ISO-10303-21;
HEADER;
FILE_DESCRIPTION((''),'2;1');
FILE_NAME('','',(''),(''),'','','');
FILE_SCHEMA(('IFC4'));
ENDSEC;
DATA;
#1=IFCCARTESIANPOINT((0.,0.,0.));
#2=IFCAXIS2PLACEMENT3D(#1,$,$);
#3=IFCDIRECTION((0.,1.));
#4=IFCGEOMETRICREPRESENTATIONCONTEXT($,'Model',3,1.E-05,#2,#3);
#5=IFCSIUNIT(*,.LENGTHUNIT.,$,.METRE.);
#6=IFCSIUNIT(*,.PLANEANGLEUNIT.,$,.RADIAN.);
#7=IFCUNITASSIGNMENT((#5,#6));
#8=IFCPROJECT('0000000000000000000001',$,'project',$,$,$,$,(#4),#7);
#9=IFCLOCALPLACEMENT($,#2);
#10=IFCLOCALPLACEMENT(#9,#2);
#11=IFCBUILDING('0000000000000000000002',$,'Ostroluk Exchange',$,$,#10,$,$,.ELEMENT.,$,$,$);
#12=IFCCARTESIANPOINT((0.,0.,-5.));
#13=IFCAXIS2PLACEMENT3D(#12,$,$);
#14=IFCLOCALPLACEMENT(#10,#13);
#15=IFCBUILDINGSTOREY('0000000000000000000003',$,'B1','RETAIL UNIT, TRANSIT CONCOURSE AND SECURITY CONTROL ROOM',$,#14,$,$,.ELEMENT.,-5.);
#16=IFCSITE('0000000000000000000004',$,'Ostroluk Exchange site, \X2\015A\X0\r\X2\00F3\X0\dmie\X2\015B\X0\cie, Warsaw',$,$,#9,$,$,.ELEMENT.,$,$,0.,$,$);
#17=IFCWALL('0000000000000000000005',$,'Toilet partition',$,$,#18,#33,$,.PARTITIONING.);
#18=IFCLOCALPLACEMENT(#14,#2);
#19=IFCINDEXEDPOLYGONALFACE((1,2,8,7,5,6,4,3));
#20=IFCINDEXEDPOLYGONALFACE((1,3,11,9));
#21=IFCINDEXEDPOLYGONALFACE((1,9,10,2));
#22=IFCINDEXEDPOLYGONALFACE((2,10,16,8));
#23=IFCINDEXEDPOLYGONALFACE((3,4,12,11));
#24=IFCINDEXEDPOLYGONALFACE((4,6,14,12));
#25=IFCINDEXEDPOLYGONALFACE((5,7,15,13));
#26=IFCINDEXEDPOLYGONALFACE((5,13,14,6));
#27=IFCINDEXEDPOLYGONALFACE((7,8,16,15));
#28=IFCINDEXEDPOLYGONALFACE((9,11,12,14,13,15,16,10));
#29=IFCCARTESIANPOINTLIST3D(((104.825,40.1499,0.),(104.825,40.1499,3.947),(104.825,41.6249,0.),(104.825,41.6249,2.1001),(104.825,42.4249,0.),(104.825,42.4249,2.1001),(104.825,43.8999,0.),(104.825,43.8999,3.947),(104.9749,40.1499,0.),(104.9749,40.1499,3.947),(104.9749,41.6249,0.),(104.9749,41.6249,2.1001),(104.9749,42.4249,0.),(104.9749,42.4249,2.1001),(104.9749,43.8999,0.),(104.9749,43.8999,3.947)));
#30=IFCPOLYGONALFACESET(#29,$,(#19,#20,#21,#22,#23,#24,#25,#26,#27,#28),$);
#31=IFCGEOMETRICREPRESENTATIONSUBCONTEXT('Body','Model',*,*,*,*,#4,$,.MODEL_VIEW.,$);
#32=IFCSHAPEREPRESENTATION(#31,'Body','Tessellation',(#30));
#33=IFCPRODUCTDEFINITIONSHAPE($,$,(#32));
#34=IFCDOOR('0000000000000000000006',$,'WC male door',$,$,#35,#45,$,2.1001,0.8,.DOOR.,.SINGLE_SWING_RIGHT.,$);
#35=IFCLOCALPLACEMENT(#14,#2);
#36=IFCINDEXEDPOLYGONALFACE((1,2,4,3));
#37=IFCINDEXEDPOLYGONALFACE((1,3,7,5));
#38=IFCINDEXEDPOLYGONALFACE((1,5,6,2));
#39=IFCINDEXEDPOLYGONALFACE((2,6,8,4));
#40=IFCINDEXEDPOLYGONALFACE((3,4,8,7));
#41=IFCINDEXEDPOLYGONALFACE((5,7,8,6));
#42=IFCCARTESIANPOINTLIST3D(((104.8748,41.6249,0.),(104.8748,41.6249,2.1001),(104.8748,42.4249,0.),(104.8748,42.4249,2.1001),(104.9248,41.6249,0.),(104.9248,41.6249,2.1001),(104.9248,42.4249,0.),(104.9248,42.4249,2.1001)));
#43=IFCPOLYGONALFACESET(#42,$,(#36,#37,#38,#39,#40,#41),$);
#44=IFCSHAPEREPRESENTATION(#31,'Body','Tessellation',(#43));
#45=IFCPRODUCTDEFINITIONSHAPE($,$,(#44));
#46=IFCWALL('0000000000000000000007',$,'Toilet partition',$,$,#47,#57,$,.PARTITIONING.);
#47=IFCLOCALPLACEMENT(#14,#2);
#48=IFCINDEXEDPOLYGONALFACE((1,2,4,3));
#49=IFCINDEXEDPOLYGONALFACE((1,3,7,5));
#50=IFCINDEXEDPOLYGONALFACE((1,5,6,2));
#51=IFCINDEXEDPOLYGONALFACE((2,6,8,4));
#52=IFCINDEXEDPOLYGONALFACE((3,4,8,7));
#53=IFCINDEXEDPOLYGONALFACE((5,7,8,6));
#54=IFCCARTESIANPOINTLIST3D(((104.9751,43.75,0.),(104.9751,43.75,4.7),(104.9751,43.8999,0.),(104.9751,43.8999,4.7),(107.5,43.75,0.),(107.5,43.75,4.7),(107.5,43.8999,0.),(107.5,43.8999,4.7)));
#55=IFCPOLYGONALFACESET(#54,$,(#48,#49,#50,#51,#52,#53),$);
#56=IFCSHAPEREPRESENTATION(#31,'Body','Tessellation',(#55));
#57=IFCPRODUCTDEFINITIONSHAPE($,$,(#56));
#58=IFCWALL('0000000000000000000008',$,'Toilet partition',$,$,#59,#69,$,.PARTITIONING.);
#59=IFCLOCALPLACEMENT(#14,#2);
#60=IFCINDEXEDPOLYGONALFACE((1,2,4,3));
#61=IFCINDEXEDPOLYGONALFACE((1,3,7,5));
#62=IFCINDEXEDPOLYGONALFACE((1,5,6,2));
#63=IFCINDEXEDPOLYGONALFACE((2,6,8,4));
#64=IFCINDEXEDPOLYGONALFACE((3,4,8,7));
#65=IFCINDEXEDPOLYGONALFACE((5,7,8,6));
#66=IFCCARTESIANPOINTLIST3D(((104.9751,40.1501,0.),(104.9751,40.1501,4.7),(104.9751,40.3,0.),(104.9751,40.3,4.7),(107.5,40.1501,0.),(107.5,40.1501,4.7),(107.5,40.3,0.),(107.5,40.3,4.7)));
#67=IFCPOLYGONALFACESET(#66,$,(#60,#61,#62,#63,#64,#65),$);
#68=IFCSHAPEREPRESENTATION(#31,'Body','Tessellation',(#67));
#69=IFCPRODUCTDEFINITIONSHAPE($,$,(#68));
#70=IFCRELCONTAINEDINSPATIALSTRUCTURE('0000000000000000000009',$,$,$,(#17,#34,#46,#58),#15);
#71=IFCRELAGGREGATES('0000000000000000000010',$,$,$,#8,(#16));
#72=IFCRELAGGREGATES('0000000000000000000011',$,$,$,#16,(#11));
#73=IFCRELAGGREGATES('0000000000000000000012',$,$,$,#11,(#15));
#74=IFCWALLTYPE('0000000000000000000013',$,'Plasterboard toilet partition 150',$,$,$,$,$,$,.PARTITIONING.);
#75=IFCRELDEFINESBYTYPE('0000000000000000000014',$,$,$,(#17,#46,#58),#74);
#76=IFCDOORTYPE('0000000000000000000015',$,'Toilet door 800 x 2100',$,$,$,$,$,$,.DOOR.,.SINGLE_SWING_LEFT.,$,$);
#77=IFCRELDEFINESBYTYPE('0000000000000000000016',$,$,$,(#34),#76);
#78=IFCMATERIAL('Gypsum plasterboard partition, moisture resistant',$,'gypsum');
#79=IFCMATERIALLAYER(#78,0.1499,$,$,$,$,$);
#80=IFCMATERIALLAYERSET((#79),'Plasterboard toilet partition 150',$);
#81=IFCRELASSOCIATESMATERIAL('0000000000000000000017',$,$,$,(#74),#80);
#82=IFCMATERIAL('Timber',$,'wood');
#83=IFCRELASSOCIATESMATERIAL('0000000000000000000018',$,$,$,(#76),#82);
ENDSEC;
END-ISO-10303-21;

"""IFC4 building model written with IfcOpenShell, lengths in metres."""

from ifc_helpers import new_model, si_unit, direction, frame, frame_2d, origin, place, context, subcontext, project, spatial, rectangle, extrude, material, layer, layer_set, type_object, element, fill, save


model = new_model("IFC4")

# Units and contexts
model_context = context("Model", 3, precision=1e-05, world=origin(), true_north=direction((0.0, 1.0)))
body_context = subcontext(model_context, "Body", "Model", "MODEL_VIEW")
ifc_project = project(units=[si_unit("LENGTHUNIT", "METRE"), si_unit("PLANEANGLEUNIT", "RADIAN")], contexts=[model_context])

# Site, building, storey
site_placement = place(None, origin())
site = spatial("IfcSite", under=ifc_project, at=site_placement, Name="Ostroluk Exchange site, Śródmieście, Warsaw", CompositionType="ELEMENT", RefElevation=0.0)
building_placement = place(site_placement, origin())
building = spatial("IfcBuilding", under=site, at=building_placement, Name="Ostroluk Exchange", CompositionType="ELEMENT")
storey_placement = place(building_placement, frame((0.0, 0.0, -5.0)))
storey = spatial("IfcBuildingStorey", under=building, at=storey_placement, Name="B1", Description="RETAIL UNIT, TRANSIT CONCOURSE AND SECURITY CONTROL ROOM", CompositionType="ELEMENT", Elevation=-5.0)

# Wall, opening, door
ifc_material_1 = material(Name="Gypsum plasterboard partition, moisture resistant", Category="gypsum")
ifc_layer_1 = layer(ifc_material_1, 0.1499)
ifc_layer_set_1 = layer_set([ifc_layer_1], Name="Plasterboard toilet partition 150")
wall_type_1 = type_object("IfcWallType", Name="Plasterboard toilet partition 150", PredefinedType="PARTITIONING", material=ifc_layer_set_1)
wall_1_placement = place(storey_placement, frame((104.8999, 43.8999, 0.0), z_axis=(0.0, 0.0, 1.0), x_axis=(0.0, -1.0, 0.0)))
wall_1 = element("IfcWall", 1, at=wall_1_placement, inside=storey, type_object=wall_type_1, Name="Toilet partition", PredefinedType="PARTITIONING", context=body_context, shape_type="SweptSolid", body=[
    extrude(rectangle(XDim=3.75, YDim=0.1499, at=frame_2d((1.875, 0.0))), origin(), (0.0, 0.0, 1.0), 3.947),
])
opening_1_placement = place(wall_1_placement, frame((1.4751, 0.0, 0.0)))
opening_1 = element("IfcOpeningElement", 2, at=opening_1_placement, cuts=wall_1, PredefinedType="OPENING", context=body_context, shape_type="SweptSolid", body=[
    extrude(rectangle(XDim=0.8, YDim=2.1001, at=frame_2d((0.3999, 1.05))), frame((0.0, 0.085, 0.0), z_axis=(0.0, -1.0, 0.0), x_axis=(1.0, 0.0, 0.0)), (0.0, 0.0, 1.0), 0.1699),
])
ifc_material_2 = material(Name="Timber", Category="wood")
door_type_1 = type_object("IfcDoorType", Name="Toilet door 800 x 2100", OperationType="SINGLE_SWING_LEFT", PredefinedType="DOOR", material=ifc_material_2)
door_1_placement = place(opening_1_placement, origin())
door_1 = element("IfcDoor", 3, at=door_1_placement, inside=storey, type_object=door_type_1, Name="WC male door", OperationType="SINGLE_SWING_RIGHT", OverallHeight=2.1001, OverallWidth=0.8, PredefinedType="DOOR", context=body_context, shape_type="SweptSolid", body=[
    extrude(rectangle(XDim=0.8, YDim=2.1001, at=frame_2d((0.3999, 1.05))), frame((0.0, 0.0249, 0.0), z_axis=(0.0, -1.0, 0.0), x_axis=(1.0, 0.0, 0.0)), (0.0, 0.0, 1.0), 0.05),
])
fill(opening_1, door_1)

# Walls
for number, where, z_axis, x_axis, name in (
    (4, (104.9751, 43.825, 0.0), (0.0, 0.0, 1.0), (1.0, 0.0, 0.0), "Toilet partition"),
    (5, (104.9751, 40.2251, 0.0), (0.0, 0.0, 1.0), (1.0, 0.0, 0.0), "Toilet partition"),
):
    element("IfcWall", number, at=place(storey_placement, frame(where, z_axis=z_axis, x_axis=x_axis)), inside=storey, type_object=wall_type_1, Name=name, PredefinedType="PARTITIONING", context=body_context, shape_type="SweptSolid", body=[
        extrude(rectangle(XDim=2.5249, YDim=0.1499, at=frame_2d((1.2625, 0.0))), origin(), (0.0, 0.0, 1.0), 4.7),
    ])

save(model, "model.ifc")
